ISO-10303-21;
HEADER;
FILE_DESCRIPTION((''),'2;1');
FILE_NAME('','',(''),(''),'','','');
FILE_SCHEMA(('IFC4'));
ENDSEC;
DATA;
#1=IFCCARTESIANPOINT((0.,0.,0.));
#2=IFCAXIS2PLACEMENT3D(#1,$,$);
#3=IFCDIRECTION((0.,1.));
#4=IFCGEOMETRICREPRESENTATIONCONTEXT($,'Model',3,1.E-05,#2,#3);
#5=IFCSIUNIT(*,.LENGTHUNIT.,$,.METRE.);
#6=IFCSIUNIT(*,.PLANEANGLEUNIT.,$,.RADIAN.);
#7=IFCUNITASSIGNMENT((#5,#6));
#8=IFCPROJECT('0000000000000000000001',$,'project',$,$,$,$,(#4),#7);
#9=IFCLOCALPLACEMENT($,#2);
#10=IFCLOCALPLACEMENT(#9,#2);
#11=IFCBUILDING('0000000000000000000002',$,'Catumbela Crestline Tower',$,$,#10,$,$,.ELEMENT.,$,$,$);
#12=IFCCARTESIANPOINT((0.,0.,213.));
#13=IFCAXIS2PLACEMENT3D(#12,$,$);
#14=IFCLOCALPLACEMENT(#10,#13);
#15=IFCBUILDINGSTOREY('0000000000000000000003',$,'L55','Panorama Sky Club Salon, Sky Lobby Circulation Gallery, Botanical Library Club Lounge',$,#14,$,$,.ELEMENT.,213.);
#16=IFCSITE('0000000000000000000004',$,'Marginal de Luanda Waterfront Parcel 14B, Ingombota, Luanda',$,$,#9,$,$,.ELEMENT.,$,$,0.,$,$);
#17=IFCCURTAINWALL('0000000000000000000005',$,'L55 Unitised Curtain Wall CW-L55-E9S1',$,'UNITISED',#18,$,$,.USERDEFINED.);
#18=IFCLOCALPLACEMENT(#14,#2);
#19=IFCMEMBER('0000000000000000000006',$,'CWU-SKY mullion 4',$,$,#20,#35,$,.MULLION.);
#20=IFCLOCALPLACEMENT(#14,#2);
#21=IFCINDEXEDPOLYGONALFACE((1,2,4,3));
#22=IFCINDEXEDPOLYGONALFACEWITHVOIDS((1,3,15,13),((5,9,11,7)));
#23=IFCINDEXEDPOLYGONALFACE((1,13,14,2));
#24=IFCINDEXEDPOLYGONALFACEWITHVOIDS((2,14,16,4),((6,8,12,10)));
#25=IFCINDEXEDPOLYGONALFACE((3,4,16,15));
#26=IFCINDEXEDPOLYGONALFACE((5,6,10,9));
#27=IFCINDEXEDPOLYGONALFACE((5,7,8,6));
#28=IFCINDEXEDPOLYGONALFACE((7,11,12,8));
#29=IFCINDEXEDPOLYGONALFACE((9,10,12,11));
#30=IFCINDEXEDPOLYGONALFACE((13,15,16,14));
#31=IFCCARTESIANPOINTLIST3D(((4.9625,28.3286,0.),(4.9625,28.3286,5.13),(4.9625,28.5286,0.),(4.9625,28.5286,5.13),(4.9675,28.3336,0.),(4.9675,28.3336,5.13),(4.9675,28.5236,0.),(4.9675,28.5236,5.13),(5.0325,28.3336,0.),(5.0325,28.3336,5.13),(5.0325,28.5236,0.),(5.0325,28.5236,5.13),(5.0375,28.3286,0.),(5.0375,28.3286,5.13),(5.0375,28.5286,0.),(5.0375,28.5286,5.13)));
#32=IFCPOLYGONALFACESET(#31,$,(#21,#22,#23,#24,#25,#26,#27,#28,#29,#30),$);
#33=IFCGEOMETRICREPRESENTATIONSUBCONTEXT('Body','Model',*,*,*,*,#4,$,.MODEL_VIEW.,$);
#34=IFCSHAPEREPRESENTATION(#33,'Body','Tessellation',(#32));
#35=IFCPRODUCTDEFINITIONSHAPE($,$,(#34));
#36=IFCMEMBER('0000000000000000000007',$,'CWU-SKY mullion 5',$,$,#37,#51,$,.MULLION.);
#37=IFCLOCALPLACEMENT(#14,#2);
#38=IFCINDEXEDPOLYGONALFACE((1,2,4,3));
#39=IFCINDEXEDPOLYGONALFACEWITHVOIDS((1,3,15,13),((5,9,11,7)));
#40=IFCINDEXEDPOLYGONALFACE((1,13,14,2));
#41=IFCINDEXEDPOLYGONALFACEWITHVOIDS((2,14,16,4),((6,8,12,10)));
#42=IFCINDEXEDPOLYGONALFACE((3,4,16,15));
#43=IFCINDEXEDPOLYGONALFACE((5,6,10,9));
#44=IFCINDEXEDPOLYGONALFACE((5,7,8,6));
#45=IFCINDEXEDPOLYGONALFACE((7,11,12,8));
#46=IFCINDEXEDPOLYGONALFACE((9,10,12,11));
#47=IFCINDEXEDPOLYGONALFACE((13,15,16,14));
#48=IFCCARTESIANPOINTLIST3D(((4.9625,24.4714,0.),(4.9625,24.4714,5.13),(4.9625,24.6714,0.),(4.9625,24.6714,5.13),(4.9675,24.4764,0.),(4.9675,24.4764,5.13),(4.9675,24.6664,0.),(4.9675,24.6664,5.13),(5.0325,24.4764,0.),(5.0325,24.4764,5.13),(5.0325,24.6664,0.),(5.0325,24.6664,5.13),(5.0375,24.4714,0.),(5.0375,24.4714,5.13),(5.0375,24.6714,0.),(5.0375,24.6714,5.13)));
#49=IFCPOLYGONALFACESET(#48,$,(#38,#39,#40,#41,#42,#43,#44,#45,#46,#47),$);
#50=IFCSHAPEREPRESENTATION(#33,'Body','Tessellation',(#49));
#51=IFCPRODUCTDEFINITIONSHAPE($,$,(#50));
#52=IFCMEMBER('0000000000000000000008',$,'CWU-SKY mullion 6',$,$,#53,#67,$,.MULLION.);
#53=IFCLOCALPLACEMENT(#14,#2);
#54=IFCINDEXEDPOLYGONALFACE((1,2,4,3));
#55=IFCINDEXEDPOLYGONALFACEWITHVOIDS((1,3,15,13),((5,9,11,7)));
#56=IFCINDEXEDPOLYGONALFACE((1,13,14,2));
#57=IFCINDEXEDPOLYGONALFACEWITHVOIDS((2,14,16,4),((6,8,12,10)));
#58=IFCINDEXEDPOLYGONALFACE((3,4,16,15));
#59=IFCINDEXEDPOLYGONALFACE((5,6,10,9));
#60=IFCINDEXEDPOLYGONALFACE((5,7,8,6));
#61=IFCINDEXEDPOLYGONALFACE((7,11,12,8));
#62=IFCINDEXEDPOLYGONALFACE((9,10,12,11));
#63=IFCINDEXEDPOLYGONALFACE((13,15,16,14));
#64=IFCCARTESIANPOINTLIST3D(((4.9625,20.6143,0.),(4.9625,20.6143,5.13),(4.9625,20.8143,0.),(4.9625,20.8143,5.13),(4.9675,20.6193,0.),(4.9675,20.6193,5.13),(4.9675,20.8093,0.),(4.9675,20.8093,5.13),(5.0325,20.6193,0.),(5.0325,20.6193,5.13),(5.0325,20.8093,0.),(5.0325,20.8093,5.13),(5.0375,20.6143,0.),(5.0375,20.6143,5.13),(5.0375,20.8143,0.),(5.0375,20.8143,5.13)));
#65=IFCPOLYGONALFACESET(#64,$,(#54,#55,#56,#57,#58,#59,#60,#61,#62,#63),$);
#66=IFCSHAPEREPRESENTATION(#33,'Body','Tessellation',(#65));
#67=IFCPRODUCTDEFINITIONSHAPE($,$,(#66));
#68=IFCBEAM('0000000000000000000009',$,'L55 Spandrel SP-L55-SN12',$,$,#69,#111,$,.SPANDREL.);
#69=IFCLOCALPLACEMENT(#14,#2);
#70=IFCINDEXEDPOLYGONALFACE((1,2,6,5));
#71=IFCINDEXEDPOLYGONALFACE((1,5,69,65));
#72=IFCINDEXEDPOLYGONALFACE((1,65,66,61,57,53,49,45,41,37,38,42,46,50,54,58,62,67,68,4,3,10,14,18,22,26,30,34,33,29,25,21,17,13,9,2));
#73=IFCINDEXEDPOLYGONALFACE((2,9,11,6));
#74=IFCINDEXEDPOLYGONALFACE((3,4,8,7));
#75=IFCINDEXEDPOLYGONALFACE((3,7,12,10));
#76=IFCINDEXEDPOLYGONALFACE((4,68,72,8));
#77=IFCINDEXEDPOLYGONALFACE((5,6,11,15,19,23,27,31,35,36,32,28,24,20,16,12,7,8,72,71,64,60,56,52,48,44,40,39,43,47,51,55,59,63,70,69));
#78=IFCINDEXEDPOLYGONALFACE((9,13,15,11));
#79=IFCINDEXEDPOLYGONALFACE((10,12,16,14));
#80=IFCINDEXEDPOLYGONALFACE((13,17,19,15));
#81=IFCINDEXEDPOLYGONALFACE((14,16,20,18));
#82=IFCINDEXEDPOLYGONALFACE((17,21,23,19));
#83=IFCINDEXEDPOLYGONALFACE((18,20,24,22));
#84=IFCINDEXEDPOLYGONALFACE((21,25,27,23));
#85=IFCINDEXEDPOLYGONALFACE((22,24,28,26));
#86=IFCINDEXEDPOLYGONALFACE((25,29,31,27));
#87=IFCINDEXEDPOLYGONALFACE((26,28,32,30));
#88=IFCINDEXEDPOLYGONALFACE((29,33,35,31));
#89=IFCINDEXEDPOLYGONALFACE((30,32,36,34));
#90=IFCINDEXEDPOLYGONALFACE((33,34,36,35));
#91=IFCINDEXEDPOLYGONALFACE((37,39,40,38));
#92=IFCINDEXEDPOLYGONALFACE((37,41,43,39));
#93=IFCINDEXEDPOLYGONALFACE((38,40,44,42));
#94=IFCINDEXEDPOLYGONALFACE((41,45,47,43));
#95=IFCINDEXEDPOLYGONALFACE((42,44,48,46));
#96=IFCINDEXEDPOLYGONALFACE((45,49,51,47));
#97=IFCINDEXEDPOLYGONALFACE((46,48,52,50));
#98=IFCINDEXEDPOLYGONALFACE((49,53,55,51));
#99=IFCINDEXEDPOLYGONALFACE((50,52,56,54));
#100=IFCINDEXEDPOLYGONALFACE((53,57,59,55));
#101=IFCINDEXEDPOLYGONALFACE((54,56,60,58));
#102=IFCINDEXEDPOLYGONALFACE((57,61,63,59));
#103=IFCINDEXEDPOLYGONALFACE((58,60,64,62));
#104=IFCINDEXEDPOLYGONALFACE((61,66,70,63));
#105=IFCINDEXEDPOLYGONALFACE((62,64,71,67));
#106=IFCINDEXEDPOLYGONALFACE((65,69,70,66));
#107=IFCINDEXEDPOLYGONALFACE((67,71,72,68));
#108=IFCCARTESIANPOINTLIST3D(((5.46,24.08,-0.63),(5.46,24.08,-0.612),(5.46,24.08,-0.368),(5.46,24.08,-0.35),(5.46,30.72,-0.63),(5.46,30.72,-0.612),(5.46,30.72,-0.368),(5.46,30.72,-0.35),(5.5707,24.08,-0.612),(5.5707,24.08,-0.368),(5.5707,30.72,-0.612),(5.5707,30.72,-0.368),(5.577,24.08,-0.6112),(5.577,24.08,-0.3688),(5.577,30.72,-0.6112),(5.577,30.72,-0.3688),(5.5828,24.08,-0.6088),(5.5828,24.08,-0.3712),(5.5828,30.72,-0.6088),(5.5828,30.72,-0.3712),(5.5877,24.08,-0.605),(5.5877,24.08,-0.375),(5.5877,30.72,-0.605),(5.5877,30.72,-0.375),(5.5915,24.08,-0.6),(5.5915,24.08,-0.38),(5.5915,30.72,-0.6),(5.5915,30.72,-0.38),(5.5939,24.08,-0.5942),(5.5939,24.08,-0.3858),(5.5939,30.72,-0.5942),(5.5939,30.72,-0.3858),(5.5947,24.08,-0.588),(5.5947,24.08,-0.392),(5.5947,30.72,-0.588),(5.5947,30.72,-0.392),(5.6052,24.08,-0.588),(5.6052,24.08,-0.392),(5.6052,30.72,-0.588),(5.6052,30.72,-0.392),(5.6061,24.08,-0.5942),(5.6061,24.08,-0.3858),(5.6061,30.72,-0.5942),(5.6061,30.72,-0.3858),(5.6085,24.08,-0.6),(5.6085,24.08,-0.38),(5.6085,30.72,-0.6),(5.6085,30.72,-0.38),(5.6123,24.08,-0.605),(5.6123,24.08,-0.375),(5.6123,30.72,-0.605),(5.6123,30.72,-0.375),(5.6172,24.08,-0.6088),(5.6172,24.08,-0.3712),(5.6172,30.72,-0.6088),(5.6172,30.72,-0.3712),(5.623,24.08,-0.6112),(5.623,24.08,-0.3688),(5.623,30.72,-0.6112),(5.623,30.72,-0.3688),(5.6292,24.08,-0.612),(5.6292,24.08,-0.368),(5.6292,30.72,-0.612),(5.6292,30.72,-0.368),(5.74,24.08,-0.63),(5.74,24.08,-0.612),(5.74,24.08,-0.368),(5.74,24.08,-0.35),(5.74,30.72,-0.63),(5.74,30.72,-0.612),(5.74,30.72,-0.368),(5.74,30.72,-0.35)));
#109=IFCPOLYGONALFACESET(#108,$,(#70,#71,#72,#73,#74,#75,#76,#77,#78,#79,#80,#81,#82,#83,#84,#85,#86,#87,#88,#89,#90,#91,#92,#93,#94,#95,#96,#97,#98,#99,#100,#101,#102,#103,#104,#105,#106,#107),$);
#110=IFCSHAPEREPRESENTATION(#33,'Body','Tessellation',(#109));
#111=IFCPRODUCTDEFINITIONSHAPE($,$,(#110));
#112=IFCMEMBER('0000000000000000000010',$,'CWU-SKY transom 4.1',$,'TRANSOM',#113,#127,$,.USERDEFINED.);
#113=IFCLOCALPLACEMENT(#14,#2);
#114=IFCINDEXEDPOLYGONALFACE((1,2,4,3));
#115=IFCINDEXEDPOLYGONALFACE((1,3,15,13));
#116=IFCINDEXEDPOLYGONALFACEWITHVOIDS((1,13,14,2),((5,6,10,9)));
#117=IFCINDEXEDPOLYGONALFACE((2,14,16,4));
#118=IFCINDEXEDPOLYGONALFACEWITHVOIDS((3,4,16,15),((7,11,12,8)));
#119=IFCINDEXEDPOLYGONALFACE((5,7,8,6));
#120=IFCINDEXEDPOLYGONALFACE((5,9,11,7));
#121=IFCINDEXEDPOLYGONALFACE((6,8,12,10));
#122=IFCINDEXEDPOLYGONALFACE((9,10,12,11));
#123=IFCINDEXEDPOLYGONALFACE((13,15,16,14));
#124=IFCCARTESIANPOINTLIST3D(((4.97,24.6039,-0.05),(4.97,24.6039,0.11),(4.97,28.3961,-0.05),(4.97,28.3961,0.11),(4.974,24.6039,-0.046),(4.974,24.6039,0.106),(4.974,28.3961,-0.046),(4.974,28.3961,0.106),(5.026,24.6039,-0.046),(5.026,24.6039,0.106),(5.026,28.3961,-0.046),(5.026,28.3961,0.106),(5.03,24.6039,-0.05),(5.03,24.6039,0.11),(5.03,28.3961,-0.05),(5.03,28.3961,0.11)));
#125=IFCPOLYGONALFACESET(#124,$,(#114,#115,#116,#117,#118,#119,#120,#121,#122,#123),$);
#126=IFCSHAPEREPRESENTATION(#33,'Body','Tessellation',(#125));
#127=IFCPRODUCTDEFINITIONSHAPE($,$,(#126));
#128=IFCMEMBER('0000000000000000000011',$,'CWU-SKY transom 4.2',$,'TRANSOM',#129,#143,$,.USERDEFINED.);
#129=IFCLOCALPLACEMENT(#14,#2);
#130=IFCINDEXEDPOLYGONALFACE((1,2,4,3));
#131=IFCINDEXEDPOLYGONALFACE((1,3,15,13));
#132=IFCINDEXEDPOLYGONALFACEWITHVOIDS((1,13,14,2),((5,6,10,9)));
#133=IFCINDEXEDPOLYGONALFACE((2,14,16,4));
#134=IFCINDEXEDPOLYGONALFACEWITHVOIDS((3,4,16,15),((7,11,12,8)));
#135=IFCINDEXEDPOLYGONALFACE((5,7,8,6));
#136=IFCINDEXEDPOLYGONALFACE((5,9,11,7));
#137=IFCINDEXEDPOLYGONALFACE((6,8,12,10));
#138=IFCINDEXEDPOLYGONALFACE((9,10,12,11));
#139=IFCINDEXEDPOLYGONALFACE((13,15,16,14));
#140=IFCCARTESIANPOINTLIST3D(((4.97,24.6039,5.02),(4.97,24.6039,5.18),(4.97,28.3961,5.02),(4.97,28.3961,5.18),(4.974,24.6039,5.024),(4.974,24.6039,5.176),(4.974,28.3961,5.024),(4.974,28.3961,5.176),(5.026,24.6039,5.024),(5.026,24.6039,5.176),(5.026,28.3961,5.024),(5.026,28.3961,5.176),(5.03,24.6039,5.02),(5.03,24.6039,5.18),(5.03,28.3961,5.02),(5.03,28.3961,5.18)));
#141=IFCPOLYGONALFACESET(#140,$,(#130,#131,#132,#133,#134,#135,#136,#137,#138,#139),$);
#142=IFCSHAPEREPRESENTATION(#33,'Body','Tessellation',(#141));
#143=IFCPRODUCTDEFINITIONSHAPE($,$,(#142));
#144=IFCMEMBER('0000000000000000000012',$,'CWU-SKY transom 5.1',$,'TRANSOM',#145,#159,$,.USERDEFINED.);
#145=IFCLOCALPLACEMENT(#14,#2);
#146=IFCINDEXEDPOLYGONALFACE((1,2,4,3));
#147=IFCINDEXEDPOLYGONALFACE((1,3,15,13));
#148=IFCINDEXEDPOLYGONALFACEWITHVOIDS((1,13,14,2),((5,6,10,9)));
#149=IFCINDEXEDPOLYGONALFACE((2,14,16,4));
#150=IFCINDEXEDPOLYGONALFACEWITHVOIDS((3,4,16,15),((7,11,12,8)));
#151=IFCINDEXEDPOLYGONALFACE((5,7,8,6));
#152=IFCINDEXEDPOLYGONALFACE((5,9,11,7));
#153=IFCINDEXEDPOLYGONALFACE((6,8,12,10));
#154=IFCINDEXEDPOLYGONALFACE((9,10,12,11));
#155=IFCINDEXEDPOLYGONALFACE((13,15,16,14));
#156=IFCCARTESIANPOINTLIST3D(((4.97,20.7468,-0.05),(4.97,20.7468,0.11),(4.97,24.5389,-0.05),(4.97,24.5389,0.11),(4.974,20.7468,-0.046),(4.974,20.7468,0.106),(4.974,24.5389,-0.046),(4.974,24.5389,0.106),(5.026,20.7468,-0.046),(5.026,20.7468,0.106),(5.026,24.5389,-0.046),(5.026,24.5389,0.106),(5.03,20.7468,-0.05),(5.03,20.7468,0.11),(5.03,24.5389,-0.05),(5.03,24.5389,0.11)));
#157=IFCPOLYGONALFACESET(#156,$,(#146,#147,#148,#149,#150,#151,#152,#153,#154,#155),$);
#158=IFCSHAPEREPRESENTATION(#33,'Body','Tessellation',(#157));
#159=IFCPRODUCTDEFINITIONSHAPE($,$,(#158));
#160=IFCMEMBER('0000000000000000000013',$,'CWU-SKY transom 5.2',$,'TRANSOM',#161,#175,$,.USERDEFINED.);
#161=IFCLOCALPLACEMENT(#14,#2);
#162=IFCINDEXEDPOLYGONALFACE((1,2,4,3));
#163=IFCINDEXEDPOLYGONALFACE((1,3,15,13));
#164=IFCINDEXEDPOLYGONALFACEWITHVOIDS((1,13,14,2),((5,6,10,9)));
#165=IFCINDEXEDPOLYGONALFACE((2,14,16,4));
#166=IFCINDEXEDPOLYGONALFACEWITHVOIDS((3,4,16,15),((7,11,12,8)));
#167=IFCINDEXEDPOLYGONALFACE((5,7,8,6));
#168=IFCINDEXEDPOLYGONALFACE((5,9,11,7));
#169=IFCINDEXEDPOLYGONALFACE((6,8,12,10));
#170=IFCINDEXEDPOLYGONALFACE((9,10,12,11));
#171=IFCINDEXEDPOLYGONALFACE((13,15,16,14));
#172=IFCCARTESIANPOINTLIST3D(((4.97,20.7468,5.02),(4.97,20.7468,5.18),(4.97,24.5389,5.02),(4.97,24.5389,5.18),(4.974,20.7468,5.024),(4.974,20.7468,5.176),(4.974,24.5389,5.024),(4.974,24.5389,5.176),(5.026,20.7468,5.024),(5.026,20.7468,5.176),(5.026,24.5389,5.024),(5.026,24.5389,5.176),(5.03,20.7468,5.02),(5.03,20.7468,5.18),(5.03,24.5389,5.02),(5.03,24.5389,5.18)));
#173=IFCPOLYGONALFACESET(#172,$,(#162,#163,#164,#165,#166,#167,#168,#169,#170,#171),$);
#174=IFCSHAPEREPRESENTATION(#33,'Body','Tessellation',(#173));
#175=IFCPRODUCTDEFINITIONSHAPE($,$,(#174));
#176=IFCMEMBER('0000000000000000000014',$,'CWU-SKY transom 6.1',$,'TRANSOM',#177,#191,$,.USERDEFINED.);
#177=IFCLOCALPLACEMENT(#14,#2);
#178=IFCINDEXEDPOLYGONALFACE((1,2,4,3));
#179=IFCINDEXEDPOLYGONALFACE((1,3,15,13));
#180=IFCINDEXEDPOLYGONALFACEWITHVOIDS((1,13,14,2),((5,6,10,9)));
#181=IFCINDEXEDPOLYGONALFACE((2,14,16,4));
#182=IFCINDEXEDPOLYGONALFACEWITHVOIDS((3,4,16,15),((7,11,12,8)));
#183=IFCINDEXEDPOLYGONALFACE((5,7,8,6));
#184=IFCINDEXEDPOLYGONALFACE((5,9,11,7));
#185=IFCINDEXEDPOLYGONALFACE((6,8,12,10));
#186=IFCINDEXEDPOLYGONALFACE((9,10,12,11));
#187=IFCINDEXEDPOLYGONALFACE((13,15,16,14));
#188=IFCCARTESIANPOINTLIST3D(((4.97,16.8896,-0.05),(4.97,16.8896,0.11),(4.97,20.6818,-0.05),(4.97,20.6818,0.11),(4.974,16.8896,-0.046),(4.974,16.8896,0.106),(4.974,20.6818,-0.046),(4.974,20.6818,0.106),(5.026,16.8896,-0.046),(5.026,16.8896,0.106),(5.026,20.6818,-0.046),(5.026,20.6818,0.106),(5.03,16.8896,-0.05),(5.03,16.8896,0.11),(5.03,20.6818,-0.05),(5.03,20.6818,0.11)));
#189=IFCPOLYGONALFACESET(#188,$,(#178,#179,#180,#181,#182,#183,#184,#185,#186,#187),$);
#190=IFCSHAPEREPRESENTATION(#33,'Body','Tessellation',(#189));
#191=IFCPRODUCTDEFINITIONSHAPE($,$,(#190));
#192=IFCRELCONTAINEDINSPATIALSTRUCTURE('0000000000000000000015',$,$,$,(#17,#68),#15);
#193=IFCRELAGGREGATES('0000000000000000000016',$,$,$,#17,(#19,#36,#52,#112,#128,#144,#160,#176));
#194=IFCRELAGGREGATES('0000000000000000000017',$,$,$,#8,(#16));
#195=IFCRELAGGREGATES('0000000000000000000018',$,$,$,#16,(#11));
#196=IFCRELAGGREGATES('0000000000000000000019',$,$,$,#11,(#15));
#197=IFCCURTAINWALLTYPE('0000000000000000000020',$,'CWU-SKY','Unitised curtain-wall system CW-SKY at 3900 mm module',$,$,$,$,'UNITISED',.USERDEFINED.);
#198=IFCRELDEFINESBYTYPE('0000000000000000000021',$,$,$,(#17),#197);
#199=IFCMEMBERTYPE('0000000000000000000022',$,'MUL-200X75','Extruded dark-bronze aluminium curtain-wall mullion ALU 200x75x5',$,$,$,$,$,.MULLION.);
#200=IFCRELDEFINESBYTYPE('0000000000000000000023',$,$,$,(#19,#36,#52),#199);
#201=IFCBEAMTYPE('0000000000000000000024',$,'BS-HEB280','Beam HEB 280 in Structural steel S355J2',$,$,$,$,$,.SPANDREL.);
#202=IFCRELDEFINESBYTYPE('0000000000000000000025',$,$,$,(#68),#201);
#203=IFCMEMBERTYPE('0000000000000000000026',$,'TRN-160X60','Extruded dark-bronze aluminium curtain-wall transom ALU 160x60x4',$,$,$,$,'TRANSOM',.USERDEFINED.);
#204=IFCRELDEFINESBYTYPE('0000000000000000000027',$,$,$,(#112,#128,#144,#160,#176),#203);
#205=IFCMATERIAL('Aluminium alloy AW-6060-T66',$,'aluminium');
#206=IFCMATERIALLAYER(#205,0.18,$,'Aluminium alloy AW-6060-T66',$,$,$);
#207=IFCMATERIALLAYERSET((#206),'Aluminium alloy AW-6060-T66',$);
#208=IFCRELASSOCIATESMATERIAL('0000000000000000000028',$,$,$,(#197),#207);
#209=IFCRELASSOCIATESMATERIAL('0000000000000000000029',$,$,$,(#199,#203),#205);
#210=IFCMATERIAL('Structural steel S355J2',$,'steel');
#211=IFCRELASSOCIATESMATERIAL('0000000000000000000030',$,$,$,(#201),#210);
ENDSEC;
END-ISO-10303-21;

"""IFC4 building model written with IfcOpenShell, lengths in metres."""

from ifc_helpers import new_model, si_unit, direction, frame, origin, origin_2d, place, context, subcontext, project, spatial, hollow_rectangle, i_section, extrude, material, layer, layer_set, material_profile, profile_set, type_object, element, aggregate, save


model = new_model("IFC4")

# Units and contexts
model_context = context("Model", 3, precision=1e-05, world=origin(), true_north=direction((0.0, 1.0)))
body_context = subcontext(model_context, "Body", "Model", "MODEL_VIEW")
ifc_project = project(units=[si_unit("LENGTHUNIT", "METRE"), si_unit("PLANEANGLEUNIT", "RADIAN")], contexts=[model_context])

# Site, building, storey
site_placement = place(None, origin())
site = spatial("IfcSite", under=ifc_project, at=site_placement, Name="Marginal de Luanda Waterfront Parcel 14B, Ingombota, Luanda", CompositionType="ELEMENT", RefElevation=0.0)
building_placement = place(site_placement, origin())
building = spatial("IfcBuilding", under=site, at=building_placement, Name="Catumbela Crestline Tower", CompositionType="ELEMENT")
storey_placement = place(building_placement, frame((0.0, 0.0, 213.0)))
storey = spatial("IfcBuildingStorey", under=building, at=storey_placement, Name="L55", Description="Panorama Sky Club Salon, Sky Lobby Circulation Gallery, Botanical Library Club Lounge", CompositionType="ELEMENT", Elevation=213.0)

# Shared definitions
ifc_material_1 = material(Name="Structural steel S355J2", Category="steel")

# Curtain wall, members
ifc_material_2 = material(Name="Aluminium alloy AW-6060-T66", Category="aluminium")
ifc_layer_1 = layer(ifc_material_2, 0.18, Name="Aluminium alloy AW-6060-T66")
ifc_layer_set_1 = layer_set([ifc_layer_1], Name="Aluminium alloy AW-6060-T66")
curtain_wall_type = type_object("IfcCurtainWallType", Name="CWU-SKY", Description="Unitised curtain-wall system CW-SKY at 3900 mm module", ElementType="UNITISED", PredefinedType="USERDEFINED", material=ifc_layer_set_1)
curtain_wall_placement = place(storey_placement, origin())
curtain_wall = element("IfcCurtainWall", 1, at=curtain_wall_placement, inside=storey, type_object=curtain_wall_type, Name="L55 Unitised Curtain Wall CW-L55-E9S1", ObjectType="UNITISED", PredefinedType="USERDEFINED")
ifc_material_profile_1 = material_profile(ifc_material_2, hollow_rectangle(XDim=0.075, YDim=0.2, WallThickness=0.005, at=origin_2d()), Name="ALU 200x75x5")
ifc_profile_set_1 = profile_set([ifc_material_profile_1], Name="Aluminium alloy AW-6060-T66")
member_type_1 = type_object("IfcMemberType", Name="MUL-200X75", Description="Extruded dark-bronze aluminium curtain-wall mullion ALU 200x75x5", PredefinedType="MULLION", material=ifc_profile_set_1)
member_1_placement = place(storey_placement, frame((5.0, 28.4286, 0.0), z_axis=(0.0, 0.0, 1.0), x_axis=(1.0, 0.0, 0.0)))
member_1 = element("IfcMember", 2, at=member_1_placement, type_object=member_type_1, Name="CWU-SKY mullion 4", PredefinedType="MULLION", context=body_context, shape_type="SweptSolid", body=[
    extrude(hollow_rectangle(XDim=0.075, YDim=0.2, WallThickness=0.005, at=origin_2d()), origin(), (0.0, 0.0, 1.0), 5.13),
])
member_2_placement = place(storey_placement, frame((5.0, 24.5714, 0.0), z_axis=(0.0, 0.0, 1.0), x_axis=(1.0, 0.0, 0.0)))
member_2 = element("IfcMember", 3, at=member_2_placement, type_object=member_type_1, Name="CWU-SKY mullion 5", PredefinedType="MULLION", context=body_context, shape_type="SweptSolid", body=[
    extrude(hollow_rectangle(XDim=0.075, YDim=0.2, WallThickness=0.005, at=origin_2d()), origin(), (0.0, 0.0, 1.0), 5.13),
])
member_3_placement = place(storey_placement, frame((5.0, 20.7143, 0.0), z_axis=(0.0, 0.0, 1.0), x_axis=(1.0, 0.0, 0.0)))
member_3 = element("IfcMember", 4, at=member_3_placement, type_object=member_type_1, Name="CWU-SKY mullion 6", PredefinedType="MULLION", context=body_context, shape_type="SweptSolid", body=[
    extrude(hollow_rectangle(XDim=0.075, YDim=0.2, WallThickness=0.005, at=origin_2d()), origin(), (0.0, 0.0, 1.0), 5.13),
])

# Beam
ifc_material_profile_2 = material_profile(ifc_material_1, i_section(OverallWidth=0.28, OverallDepth=0.28, WebThickness=0.0105, FlangeThickness=0.018, FilletRadius=0.024, at=origin_2d()), Name="HEB 280")
ifc_profile_set_2 = profile_set([ifc_material_profile_2], Name="Structural steel S355J2")
beam_type_1 = type_object("IfcBeamType", Name="BS-HEB280", Description="Beam HEB 280 in Structural steel S355J2", PredefinedType="SPANDREL", material=ifc_profile_set_2)
beam_1_placement = place(storey_placement, frame((5.6, 24.08, -0.49), z_axis=(0.0, 1.0, 0.0), x_axis=(-1.0, 0.0, 0.0)))
element("IfcBeam", 5, at=beam_1_placement, inside=storey, type_object=beam_type_1, Name="L55 Spandrel SP-L55-SN12", PredefinedType="SPANDREL", context=body_context, shape_type="SweptSolid", body=[
    extrude(i_section(OverallWidth=0.28, OverallDepth=0.28, WebThickness=0.0105, FlangeThickness=0.018, FilletRadius=0.024, at=origin_2d()), origin(), (0.0, 0.0, 1.0), 6.64),
])

# Members
ifc_material_profile_3 = material_profile(ifc_material_2, hollow_rectangle(XDim=0.06, YDim=0.16, WallThickness=0.004, at=origin_2d()), Name="ALU 160x60x4")
ifc_profile_set_3 = profile_set([ifc_material_profile_3], Name="Aluminium alloy AW-6060-T66")
member_type_2 = type_object("IfcMemberType", Name="TRN-160X60", Description="Extruded dark-bronze aluminium curtain-wall transom ALU 160x60x4", ElementType="TRANSOM", PredefinedType="USERDEFINED", material=ifc_profile_set_3)
member_4_placement = place(storey_placement, frame((5.0, 28.3961, 0.03), z_axis=(0.0, -1.0, 0.0), x_axis=(1.0, 0.0, 0.0)))
member_4 = element("IfcMember", 6, at=member_4_placement, type_object=member_type_2, Name="CWU-SKY transom 4.1", ObjectType="TRANSOM", PredefinedType="USERDEFINED", context=body_context, shape_type="SweptSolid", body=[
    extrude(hollow_rectangle(XDim=0.06, YDim=0.16, WallThickness=0.004, at=origin_2d()), origin(), (0.0, 0.0, 1.0), 3.7922),
])
member_5_placement = place(storey_placement, frame((5.0, 28.3961, 5.1), z_axis=(0.0, -1.0, 0.0), x_axis=(1.0, 0.0, 0.0)))
member_5 = element("IfcMember", 7, at=member_5_placement, type_object=member_type_2, Name="CWU-SKY transom 4.2", ObjectType="TRANSOM", PredefinedType="USERDEFINED", context=body_context, shape_type="SweptSolid", body=[
    extrude(hollow_rectangle(XDim=0.06, YDim=0.16, WallThickness=0.004, at=origin_2d()), origin(), (0.0, 0.0, 1.0), 3.7922),
])
member_6_placement = place(storey_placement, frame((5.0, 24.5389, 0.03), z_axis=(0.0, -1.0, 0.0), x_axis=(1.0, 0.0, 0.0)))
member_6 = element("IfcMember", 8, at=member_6_placement, type_object=member_type_2, Name="CWU-SKY transom 5.1", ObjectType="TRANSOM", PredefinedType="USERDEFINED", context=body_context, shape_type="SweptSolid", body=[
    extrude(hollow_rectangle(XDim=0.06, YDim=0.16, WallThickness=0.004, at=origin_2d()), origin(), (0.0, 0.0, 1.0), 3.7921),
])
member_7_placement = place(storey_placement, frame((5.0, 24.5389, 5.1), z_axis=(0.0, -1.0, 0.0), x_axis=(1.0, 0.0, 0.0)))
member_7 = element("IfcMember", 9, at=member_7_placement, type_object=member_type_2, Name="CWU-SKY transom 5.2", ObjectType="TRANSOM", PredefinedType="USERDEFINED", context=body_context, shape_type="SweptSolid", body=[
    extrude(hollow_rectangle(XDim=0.06, YDim=0.16, WallThickness=0.004, at=origin_2d()), origin(), (0.0, 0.0, 1.0), 3.7921),
])
member_8_placement = place(storey_placement, frame((5.0, 20.6818, 0.03), z_axis=(0.0, -1.0, 0.0), x_axis=(1.0, 0.0, 0.0)))
member_8 = element("IfcMember", 10, at=member_8_placement, type_object=member_type_2, Name="CWU-SKY transom 6.1", ObjectType="TRANSOM", PredefinedType="USERDEFINED", context=body_context, shape_type="SweptSolid", body=[
    extrude(hollow_rectangle(XDim=0.06, YDim=0.16, WallThickness=0.004, at=origin_2d()), origin(), (0.0, 0.0, 1.0), 3.7922),
])

aggregate(curtain_wall, [member_1, member_2, member_3, member_4, member_5, member_6, member_7, member_8])

save(model, "model.ifc")
